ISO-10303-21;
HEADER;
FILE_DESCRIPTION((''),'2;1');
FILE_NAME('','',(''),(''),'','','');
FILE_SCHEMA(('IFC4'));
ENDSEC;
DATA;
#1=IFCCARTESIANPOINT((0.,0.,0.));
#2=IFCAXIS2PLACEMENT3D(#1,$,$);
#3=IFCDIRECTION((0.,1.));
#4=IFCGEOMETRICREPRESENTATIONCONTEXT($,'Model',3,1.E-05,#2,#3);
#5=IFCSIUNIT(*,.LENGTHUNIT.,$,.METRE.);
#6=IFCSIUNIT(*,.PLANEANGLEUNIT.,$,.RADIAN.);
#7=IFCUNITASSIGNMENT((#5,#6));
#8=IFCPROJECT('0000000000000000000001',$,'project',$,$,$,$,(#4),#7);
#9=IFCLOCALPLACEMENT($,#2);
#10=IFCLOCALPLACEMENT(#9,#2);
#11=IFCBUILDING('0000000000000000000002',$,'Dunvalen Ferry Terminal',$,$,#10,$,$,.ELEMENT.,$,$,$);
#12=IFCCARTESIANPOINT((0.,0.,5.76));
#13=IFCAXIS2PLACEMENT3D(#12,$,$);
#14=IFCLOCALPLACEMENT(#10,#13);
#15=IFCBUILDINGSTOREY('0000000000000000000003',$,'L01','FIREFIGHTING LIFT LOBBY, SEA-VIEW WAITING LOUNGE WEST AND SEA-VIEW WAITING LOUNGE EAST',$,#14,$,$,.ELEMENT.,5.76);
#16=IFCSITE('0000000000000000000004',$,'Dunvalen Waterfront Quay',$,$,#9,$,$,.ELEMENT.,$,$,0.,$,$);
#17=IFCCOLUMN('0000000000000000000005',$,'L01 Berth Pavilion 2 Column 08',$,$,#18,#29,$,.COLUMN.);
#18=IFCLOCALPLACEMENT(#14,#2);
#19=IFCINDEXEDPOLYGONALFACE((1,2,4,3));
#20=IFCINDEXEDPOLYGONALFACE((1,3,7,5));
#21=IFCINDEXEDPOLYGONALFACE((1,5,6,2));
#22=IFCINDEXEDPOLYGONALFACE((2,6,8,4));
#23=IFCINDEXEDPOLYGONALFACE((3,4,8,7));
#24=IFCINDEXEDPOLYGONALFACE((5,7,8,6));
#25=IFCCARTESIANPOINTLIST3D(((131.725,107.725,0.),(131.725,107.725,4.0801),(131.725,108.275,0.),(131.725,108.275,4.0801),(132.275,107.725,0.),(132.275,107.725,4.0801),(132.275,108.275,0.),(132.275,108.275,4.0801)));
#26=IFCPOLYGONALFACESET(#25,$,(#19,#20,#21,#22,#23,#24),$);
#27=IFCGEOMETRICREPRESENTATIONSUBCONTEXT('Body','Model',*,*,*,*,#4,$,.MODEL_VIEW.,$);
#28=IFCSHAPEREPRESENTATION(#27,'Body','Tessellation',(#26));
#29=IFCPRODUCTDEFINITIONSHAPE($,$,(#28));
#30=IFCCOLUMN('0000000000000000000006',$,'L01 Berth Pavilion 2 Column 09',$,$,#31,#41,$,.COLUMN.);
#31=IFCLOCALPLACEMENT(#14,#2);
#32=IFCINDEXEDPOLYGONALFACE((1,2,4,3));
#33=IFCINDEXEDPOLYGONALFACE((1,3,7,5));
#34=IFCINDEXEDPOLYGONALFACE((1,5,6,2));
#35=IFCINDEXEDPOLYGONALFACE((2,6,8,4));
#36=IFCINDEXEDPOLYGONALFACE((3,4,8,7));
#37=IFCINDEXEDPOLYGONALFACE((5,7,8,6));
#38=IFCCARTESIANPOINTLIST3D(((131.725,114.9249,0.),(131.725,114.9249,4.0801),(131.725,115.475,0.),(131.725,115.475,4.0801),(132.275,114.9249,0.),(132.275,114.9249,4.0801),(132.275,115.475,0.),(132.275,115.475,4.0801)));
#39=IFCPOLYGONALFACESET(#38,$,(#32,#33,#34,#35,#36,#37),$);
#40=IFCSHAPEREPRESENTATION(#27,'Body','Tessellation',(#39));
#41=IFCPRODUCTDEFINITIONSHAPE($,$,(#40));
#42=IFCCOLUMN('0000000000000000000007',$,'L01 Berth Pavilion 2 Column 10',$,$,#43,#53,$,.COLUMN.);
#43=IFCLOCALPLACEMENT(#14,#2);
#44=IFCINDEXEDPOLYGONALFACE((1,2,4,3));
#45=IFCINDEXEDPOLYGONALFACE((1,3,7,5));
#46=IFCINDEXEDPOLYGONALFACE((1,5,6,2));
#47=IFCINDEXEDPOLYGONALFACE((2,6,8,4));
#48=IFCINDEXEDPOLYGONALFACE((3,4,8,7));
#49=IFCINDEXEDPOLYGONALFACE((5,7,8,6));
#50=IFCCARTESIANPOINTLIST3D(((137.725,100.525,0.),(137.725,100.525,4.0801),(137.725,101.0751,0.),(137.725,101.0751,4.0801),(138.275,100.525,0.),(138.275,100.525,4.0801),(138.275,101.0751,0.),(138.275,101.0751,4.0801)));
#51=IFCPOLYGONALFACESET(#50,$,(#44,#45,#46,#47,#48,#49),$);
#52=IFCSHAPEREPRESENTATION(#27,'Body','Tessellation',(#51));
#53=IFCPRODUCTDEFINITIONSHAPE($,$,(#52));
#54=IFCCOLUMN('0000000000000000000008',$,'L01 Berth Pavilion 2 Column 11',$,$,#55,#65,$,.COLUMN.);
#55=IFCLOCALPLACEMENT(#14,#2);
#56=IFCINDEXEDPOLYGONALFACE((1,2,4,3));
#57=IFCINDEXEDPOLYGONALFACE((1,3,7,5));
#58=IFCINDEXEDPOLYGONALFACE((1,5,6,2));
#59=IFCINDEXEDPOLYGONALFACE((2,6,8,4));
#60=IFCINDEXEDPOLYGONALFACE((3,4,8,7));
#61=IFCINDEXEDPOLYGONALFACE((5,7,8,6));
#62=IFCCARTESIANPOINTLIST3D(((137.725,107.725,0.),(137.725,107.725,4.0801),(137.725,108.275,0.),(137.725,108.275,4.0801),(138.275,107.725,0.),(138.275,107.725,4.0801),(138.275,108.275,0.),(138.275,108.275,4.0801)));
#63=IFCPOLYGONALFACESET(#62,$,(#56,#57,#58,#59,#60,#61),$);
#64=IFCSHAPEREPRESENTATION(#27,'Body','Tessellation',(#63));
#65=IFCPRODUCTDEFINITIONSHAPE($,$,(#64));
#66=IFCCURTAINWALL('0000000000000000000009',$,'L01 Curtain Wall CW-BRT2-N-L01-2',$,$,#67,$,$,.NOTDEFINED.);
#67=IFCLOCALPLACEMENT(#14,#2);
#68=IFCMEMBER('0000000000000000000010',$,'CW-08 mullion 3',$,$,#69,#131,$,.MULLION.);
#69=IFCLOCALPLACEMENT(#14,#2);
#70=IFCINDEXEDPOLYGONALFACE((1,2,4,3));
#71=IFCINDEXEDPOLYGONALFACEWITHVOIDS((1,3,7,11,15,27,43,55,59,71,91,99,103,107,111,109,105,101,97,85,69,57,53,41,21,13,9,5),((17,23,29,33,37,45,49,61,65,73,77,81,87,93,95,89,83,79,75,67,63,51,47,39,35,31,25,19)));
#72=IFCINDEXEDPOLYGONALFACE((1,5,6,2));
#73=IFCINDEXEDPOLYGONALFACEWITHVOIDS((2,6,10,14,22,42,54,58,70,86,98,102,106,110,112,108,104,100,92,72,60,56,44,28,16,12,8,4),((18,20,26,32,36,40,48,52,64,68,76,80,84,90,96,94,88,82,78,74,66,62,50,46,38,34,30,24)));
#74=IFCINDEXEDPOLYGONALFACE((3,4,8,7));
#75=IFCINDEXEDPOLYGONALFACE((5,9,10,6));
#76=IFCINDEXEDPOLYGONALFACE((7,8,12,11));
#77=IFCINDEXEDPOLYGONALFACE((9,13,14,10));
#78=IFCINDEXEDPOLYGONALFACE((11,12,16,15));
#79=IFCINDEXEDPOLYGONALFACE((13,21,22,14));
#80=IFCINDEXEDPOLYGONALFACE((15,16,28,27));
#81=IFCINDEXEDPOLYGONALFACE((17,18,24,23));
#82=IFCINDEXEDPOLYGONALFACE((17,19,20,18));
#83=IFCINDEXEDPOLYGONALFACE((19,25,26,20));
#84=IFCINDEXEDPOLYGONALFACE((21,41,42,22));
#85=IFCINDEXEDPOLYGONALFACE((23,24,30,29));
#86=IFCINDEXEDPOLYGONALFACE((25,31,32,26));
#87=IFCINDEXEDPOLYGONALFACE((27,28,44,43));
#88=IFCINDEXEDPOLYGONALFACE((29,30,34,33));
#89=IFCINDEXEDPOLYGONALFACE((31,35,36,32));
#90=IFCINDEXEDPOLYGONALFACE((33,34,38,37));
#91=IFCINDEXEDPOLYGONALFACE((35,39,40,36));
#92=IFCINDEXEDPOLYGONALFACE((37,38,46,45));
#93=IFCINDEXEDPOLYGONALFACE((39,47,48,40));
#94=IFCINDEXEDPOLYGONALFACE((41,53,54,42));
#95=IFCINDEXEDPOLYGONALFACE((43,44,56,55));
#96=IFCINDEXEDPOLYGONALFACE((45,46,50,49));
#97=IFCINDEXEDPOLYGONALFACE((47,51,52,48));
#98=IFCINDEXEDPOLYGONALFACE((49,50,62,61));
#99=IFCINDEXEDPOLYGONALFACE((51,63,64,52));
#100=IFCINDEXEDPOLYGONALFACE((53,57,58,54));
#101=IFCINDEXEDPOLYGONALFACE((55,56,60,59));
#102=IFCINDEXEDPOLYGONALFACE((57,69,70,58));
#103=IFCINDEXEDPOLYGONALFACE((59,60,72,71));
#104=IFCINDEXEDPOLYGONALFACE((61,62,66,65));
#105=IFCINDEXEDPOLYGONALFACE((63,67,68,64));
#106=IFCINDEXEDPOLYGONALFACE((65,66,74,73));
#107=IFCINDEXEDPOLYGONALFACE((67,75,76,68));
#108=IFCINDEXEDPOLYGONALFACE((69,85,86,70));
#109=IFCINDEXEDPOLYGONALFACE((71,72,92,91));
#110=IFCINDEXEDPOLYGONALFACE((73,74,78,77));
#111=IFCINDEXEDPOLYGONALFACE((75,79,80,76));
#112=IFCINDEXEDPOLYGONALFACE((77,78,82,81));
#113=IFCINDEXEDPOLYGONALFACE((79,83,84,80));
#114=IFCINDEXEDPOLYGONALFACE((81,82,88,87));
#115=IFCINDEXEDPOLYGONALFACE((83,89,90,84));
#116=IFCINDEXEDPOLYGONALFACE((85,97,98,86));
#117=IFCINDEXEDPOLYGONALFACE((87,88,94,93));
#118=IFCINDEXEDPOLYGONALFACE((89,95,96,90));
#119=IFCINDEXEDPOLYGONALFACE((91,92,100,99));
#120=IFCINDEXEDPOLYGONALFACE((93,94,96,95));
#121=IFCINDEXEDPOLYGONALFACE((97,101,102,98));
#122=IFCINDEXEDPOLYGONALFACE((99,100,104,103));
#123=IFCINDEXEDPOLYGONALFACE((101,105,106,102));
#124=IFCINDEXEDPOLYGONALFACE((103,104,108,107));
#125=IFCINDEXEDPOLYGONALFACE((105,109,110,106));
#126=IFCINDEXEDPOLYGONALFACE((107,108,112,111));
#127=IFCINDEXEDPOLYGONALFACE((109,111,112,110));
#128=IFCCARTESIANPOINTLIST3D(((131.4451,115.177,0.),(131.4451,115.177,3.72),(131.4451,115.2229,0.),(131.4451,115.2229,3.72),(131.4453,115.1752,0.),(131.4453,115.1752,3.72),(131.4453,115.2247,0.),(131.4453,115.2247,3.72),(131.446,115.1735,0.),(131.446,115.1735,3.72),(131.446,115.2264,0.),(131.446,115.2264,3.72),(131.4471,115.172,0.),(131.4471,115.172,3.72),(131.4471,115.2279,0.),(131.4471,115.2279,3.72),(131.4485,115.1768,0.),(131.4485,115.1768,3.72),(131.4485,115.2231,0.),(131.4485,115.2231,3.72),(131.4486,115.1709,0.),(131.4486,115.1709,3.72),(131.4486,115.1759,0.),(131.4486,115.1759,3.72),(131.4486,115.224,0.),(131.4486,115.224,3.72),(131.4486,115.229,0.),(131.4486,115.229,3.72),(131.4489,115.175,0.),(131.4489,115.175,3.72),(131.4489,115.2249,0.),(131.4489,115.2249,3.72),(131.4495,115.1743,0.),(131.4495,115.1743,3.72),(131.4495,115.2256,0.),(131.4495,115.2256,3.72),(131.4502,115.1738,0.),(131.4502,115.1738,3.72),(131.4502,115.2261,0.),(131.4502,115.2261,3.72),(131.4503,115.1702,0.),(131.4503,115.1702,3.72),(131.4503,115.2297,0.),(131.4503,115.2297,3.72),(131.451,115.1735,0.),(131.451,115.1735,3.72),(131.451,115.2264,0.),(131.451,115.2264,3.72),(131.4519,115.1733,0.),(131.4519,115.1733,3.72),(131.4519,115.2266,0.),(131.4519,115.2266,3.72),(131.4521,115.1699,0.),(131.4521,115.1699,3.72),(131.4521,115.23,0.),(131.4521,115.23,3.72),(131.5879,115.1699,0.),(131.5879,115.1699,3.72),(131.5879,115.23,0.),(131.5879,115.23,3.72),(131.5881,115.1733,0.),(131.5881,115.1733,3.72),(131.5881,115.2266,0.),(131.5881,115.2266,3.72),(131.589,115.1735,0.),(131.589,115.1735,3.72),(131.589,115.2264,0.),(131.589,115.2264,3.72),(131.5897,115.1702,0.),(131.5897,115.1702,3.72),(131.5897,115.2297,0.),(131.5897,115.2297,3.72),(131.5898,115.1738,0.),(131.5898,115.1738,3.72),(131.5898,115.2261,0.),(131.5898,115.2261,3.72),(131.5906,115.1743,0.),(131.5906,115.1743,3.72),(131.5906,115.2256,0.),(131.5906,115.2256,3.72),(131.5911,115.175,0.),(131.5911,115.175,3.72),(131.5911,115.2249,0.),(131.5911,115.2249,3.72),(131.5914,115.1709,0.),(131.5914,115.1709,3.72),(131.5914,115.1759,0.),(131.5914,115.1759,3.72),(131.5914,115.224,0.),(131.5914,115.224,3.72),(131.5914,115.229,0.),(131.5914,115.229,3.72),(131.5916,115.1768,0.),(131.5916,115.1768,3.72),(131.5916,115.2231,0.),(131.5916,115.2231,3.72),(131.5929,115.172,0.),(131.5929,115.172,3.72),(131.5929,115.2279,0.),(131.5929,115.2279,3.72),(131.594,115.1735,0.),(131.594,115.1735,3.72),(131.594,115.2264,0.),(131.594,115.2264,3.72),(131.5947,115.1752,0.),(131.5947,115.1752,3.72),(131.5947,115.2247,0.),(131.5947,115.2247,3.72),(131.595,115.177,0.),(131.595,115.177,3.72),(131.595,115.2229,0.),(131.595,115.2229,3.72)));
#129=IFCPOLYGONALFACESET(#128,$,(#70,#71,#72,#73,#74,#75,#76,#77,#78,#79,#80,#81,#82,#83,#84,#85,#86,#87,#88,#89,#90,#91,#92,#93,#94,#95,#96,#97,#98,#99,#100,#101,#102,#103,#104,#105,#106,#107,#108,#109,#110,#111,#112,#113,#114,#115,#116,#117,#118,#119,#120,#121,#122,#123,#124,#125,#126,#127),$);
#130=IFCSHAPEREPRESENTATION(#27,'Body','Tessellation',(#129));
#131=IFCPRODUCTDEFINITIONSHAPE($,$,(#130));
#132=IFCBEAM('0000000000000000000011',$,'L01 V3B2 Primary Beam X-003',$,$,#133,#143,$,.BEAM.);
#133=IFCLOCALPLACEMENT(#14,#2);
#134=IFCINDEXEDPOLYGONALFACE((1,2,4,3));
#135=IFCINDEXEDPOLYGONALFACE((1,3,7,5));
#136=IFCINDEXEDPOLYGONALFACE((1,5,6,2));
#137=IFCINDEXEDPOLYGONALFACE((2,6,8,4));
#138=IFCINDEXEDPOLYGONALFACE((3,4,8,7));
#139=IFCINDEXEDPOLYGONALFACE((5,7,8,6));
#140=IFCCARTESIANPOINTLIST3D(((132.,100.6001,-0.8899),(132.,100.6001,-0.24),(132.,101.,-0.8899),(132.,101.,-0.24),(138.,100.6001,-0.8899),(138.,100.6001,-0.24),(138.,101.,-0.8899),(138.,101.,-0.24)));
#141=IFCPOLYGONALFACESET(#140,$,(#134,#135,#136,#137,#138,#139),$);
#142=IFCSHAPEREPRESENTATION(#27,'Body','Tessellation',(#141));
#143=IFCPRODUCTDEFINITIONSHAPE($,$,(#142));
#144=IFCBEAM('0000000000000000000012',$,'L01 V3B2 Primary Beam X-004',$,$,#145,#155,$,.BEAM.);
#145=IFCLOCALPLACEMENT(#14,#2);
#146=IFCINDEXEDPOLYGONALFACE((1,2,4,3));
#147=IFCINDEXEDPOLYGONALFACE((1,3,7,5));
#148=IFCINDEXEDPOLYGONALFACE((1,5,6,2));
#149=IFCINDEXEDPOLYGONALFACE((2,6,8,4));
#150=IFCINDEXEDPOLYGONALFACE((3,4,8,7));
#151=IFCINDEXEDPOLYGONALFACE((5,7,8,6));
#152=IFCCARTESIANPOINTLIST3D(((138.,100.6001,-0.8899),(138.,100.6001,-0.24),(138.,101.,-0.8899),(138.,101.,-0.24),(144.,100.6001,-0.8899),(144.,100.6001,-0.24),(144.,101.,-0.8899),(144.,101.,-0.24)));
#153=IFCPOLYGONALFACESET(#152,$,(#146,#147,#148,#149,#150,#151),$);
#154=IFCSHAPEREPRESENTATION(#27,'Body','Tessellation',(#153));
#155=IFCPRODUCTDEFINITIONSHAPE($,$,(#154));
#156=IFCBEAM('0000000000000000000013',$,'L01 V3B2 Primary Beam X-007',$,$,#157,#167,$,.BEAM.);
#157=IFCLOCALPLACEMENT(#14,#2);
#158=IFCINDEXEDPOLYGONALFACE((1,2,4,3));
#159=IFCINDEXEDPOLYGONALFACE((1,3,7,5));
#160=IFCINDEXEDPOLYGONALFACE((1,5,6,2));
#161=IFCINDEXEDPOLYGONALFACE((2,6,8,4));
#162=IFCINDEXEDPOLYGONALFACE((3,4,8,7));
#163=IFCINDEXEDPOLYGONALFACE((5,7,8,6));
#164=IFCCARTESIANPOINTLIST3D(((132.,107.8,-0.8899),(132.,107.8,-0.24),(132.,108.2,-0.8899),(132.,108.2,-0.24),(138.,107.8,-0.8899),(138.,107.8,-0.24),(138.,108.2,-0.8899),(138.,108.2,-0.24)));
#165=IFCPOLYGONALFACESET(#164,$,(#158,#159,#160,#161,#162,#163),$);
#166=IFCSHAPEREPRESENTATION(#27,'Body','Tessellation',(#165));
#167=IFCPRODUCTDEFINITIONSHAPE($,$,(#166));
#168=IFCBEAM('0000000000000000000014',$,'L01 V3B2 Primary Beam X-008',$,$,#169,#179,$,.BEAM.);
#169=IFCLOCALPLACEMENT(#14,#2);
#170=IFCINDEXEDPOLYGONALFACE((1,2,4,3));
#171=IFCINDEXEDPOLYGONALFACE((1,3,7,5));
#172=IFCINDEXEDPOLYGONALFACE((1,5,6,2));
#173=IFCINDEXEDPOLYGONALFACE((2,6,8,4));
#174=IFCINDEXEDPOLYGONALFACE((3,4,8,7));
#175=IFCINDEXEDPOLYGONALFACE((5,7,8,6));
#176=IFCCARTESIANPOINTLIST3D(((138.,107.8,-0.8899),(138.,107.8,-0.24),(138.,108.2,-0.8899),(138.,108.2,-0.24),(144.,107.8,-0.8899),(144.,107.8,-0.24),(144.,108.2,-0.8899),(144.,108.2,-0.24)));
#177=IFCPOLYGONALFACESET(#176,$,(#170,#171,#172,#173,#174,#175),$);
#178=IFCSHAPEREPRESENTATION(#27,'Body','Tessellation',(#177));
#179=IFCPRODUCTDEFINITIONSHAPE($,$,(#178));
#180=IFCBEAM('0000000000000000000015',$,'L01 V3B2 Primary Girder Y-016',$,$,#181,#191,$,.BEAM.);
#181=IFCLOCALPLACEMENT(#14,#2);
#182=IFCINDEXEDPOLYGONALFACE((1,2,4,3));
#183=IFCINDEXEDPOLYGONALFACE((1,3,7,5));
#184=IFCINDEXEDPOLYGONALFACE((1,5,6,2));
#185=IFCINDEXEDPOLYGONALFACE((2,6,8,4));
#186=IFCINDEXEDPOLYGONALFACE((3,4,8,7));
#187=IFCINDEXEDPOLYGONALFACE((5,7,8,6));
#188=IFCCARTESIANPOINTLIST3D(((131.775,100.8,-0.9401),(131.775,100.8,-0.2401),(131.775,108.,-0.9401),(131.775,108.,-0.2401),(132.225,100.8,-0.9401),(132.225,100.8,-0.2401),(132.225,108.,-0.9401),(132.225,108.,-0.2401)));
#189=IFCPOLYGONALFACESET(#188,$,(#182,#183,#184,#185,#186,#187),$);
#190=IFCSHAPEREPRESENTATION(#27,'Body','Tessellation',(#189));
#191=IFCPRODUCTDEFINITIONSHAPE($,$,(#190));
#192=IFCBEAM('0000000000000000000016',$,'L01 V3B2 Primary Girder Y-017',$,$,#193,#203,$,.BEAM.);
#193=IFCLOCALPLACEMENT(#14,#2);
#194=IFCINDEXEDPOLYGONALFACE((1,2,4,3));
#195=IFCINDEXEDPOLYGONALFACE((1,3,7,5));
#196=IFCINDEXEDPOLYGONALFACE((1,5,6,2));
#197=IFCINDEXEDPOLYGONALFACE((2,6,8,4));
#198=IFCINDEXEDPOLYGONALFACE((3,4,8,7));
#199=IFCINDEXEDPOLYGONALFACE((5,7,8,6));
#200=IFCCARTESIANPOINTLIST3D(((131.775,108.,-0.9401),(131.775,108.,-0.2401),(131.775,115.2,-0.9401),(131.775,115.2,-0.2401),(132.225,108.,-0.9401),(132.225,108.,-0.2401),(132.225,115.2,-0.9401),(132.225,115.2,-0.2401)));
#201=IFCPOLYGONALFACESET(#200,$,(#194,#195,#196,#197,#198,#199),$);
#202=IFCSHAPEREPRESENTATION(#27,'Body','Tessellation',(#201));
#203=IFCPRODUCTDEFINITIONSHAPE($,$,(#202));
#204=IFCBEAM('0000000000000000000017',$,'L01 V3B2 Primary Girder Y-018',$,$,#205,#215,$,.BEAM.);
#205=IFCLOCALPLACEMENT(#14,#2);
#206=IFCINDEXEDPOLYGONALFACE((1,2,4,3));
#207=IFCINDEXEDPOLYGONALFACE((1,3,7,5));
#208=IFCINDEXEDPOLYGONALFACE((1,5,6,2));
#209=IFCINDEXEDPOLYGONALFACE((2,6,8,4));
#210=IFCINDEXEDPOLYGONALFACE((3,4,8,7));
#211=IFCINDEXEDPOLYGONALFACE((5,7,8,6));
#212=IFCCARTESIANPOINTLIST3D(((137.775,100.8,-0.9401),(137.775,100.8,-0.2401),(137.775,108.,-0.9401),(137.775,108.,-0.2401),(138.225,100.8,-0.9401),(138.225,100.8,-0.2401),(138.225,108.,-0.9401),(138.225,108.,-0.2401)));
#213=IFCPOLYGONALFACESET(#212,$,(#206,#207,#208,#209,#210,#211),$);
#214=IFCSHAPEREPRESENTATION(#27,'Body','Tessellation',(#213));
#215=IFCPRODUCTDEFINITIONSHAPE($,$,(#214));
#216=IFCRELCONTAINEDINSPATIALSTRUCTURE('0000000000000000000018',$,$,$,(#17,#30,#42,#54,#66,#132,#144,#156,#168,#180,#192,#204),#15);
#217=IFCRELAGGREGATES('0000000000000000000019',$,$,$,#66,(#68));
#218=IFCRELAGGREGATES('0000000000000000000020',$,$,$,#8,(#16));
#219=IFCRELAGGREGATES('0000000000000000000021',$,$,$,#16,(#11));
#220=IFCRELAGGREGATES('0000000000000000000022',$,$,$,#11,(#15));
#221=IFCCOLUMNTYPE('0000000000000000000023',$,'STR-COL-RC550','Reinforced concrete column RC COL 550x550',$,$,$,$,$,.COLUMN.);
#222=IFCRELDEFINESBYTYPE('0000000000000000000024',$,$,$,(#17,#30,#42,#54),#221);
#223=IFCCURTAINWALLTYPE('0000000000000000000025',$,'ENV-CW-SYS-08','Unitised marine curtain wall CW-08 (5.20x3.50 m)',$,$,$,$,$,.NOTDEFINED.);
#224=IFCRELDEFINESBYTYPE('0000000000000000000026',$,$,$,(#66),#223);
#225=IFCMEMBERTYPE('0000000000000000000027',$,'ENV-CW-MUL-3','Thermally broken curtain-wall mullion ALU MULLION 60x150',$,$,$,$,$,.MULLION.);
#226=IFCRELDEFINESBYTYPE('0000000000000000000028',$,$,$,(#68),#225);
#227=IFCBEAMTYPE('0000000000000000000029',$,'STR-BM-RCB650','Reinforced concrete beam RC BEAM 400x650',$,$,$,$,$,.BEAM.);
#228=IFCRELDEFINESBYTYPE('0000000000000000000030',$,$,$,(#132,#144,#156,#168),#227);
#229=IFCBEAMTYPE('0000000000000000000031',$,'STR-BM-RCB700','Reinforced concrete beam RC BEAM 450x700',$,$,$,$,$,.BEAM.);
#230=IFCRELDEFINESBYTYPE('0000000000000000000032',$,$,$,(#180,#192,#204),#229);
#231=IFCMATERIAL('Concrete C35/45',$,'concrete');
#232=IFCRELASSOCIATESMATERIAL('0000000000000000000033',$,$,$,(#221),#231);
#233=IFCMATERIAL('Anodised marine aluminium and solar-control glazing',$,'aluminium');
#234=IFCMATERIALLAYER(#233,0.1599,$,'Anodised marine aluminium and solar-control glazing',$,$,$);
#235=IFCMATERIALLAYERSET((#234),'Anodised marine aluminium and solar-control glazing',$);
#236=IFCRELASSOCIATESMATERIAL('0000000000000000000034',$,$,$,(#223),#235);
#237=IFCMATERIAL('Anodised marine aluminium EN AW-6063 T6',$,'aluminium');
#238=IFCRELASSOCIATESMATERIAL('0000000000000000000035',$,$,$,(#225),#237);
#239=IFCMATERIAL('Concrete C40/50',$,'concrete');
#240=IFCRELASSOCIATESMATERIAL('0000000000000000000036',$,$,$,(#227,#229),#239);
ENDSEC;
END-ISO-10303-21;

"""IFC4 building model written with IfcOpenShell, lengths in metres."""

from ifc_helpers import new_model, si_unit, direction, frame, origin, origin_2d, place, context, subcontext, project, spatial, rectangle, hollow_rectangle, extrude, material, layer, layer_set, material_profile, profile_set, type_object, element, aggregate, save


model = new_model("IFC4")

# Units and contexts
model_context = context("Model", 3, precision=1e-05, world=origin(), true_north=direction((0.0, 1.0)))
body_context = subcontext(model_context, "Body", "Model", "MODEL_VIEW")
ifc_project = project(units=[si_unit("LENGTHUNIT", "METRE"), si_unit("PLANEANGLEUNIT", "RADIAN")], contexts=[model_context])

# Site, building, storey
site_placement = place(None, origin())
site = spatial("IfcSite", under=ifc_project, at=site_placement, Name="Dunvalen Waterfront Quay", CompositionType="ELEMENT", RefElevation=0.0)
building_placement = place(site_placement, origin())
building = spatial("IfcBuilding", under=site, at=building_placement, Name="Dunvalen Ferry Terminal", CompositionType="ELEMENT")
storey_placement = place(building_placement, frame((0.0, 0.0, 5.76)))
storey = spatial("IfcBuildingStorey", under=building, at=storey_placement, Name="L01", Description="FIREFIGHTING LIFT LOBBY, SEA-VIEW WAITING LOUNGE WEST AND SEA-VIEW WAITING LOUNGE EAST", CompositionType="ELEMENT", Elevation=5.76)

# Columns
ifc_material_1 = material(Name="Concrete C35/45", Category="concrete")
ifc_material_profile_1 = material_profile(ifc_material_1, rectangle(XDim=0.55, YDim=0.55, at=origin_2d()), Name="Concrete C35/45")
ifc_profile_set_1 = profile_set([ifc_material_profile_1], Name="Concrete C35/45")
column_type = type_object("IfcColumnType", Name="STR-COL-RC550", Description="Reinforced concrete column RC COL 550x550", PredefinedType="COLUMN", material=ifc_profile_set_1)
for number, where, z_axis, x_axis, name in (
    (1, (132.0, 108.0, 0.0), (0.0, 0.0, 1.0), (1.0, 0.0, 0.0), "L01 Berth Pavilion 2 Column 08"),
    (2, (132.0, 115.2, 0.0), (0.0, 0.0, 1.0), (1.0, 0.0, 0.0), "L01 Berth Pavilion 2 Column 09"),
    (3, (138.0, 100.8, 0.0), (0.0, 0.0, 1.0), (1.0, 0.0, 0.0), "L01 Berth Pavilion 2 Column 10"),
    (4, (138.0, 108.0, 0.0), (0.0, 0.0, 1.0), (1.0, 0.0, 0.0), "L01 Berth Pavilion 2 Column 11"),
):
    element("IfcColumn", number, at=place(storey_placement, frame(where, z_axis=z_axis, x_axis=x_axis)), inside=storey, type_object=column_type, Name=name, PredefinedType="COLUMN", context=body_context, shape_type="SweptSolid", body=[
        extrude(rectangle(XDim=0.55, YDim=0.55, at=origin_2d()), origin(), (0.0, 0.0, 1.0), 4.0801),
    ])

# Curtain wall, member
ifc_material_2 = material(Name="Anodised marine aluminium and solar-control glazing", Category="aluminium")
ifc_layer_1 = layer(ifc_material_2, 0.1599, Name="Anodised marine aluminium and solar-control glazing")
ifc_layer_set_1 = layer_set([ifc_layer_1], Name="Anodised marine aluminium and solar-control glazing")
curtain_wall_type = type_object("IfcCurtainWallType", Name="ENV-CW-SYS-08", Description="Unitised marine curtain wall CW-08 (5.20x3.50 m)", PredefinedType="NOTDEFINED", material=ifc_layer_set_1)
curtain_wall_placement = place(storey_placement, origin())
curtain_wall = element("IfcCurtainWall", 5, at=curtain_wall_placement, inside=storey, type_object=curtain_wall_type, Name="L01 Curtain Wall CW-BRT2-N-L01-2", PredefinedType="NOTDEFINED")
ifc_material_3 = material(Name="Anodised marine aluminium EN AW-6063 T6", Category="aluminium")
ifc_material_profile_2 = material_profile(ifc_material_3, hollow_rectangle(XDim=0.0601, YDim=0.1499, WallThickness=0.0034, InnerFilletRadius=0.0034, OuterFilletRadius=0.0071, at=origin_2d()), Name="Anodised marine aluminium EN AW-6063 T6")
ifc_profile_set_2 = profile_set([ifc_material_profile_2], Name="Anodised marine aluminium EN AW-6063 T6")
member_type = type_object("IfcMemberType", Name="ENV-CW-MUL-3", Description="Thermally broken curtain-wall mullion ALU MULLION 60x150", PredefinedType="MULLION", material=ifc_profile_set_2)
member_placement = place(storey_placement, frame((131.52, 115.2, 0.0), z_axis=(0.0, 0.0, 1.0), x_axis=(0.0, 1.0, 0.0)))
member = element("IfcMember", 6, at=member_placement, type_object=member_type, Name="CW-08 mullion 3", PredefinedType="MULLION", context=body_context, shape_type="SweptSolid", body=[
    extrude(hollow_rectangle(XDim=0.0601, YDim=0.1499, WallThickness=0.0034, InnerFilletRadius=0.0034, OuterFilletRadius=0.0071, at=origin_2d()), origin(), (0.0, 0.0, 1.0), 3.72),
])

# Beams
ifc_material_4 = material(Name="Concrete C40/50", Category="concrete")
ifc_material_profile_3 = material_profile(ifc_material_4, rectangle(XDim=0.3999, YDim=0.6499, at=origin_2d()), Name="Concrete C40/50")
ifc_profile_set_3 = profile_set([ifc_material_profile_3], Name="Concrete C40/50")
beam_type_1 = type_object("IfcBeamType", Name="STR-BM-RCB650", Description="Reinforced concrete beam RC BEAM 400x650", PredefinedType="BEAM", material=ifc_profile_set_3)
for number, where, z_axis, x_axis, name in (
    (7, (132.0, 100.8, -0.5649), (1.0, 0.0, 0.0), (0.0, 1.0, 0.0), "L01 V3B2 Primary Beam X-003"),
    (8, (138.0, 100.8, -0.5649), (1.0, 0.0, 0.0), (0.0, 1.0, 0.0), "L01 V3B2 Primary Beam X-004"),
    (9, (132.0, 108.0, -0.5649), (1.0, 0.0, 0.0), (0.0, 1.0, 0.0), "L01 V3B2 Primary Beam X-007"),
    (10, (138.0, 108.0, -0.5649), (1.0, 0.0, 0.0), (0.0, 1.0, 0.0), "L01 V3B2 Primary Beam X-008"),
):
    element("IfcBeam", number, at=place(storey_placement, frame(where, z_axis=z_axis, x_axis=x_axis)), inside=storey, type_object=beam_type_1, Name=name, PredefinedType="BEAM", context=body_context, shape_type="SweptSolid", body=[
        extrude(rectangle(XDim=0.3999, YDim=0.6499, at=origin_2d()), origin(), (0.0, 0.0, 1.0), 6.0),
    ])
ifc_material_profile_4 = material_profile(ifc_material_4, rectangle(XDim=0.45, YDim=0.7, at=origin_2d()), Name="Concrete C40/50")
ifc_profile_set_4 = profile_set([ifc_material_profile_4], Name="Concrete C40/50")
beam_type_2 = type_object("IfcBeamType", Name="STR-BM-RCB700", Description="Reinforced concrete beam RC BEAM 450x700", PredefinedType="BEAM", material=ifc_profile_set_4)
for number, where, z_axis, x_axis, name in (
    (11, (132.0, 100.8, -0.5901), (0.0, 1.0, 0.0), (-1.0, 0.0, 0.0), "L01 V3B2 Primary Girder Y-016"),
    (12, (132.0, 108.0, -0.5901), (0.0, 1.0, 0.0), (-1.0, 0.0, 0.0), "L01 V3B2 Primary Girder Y-017"),
    (13, (138.0, 100.8, -0.5901), (0.0, 1.0, 0.0), (-1.0, 0.0, 0.0), "L01 V3B2 Primary Girder Y-018"),
):
    element("IfcBeam", number, at=place(storey_placement, frame(where, z_axis=z_axis, x_axis=x_axis)), inside=storey, type_object=beam_type_2, Name=name, PredefinedType="BEAM", context=body_context, shape_type="SweptSolid", body=[
        extrude(rectangle(XDim=0.45, YDim=0.7, at=origin_2d()), origin(), (0.0, 0.0, 1.0), 7.2),
    ])

aggregate(curtain_wall, [member])

save(model, "model.ifc")
